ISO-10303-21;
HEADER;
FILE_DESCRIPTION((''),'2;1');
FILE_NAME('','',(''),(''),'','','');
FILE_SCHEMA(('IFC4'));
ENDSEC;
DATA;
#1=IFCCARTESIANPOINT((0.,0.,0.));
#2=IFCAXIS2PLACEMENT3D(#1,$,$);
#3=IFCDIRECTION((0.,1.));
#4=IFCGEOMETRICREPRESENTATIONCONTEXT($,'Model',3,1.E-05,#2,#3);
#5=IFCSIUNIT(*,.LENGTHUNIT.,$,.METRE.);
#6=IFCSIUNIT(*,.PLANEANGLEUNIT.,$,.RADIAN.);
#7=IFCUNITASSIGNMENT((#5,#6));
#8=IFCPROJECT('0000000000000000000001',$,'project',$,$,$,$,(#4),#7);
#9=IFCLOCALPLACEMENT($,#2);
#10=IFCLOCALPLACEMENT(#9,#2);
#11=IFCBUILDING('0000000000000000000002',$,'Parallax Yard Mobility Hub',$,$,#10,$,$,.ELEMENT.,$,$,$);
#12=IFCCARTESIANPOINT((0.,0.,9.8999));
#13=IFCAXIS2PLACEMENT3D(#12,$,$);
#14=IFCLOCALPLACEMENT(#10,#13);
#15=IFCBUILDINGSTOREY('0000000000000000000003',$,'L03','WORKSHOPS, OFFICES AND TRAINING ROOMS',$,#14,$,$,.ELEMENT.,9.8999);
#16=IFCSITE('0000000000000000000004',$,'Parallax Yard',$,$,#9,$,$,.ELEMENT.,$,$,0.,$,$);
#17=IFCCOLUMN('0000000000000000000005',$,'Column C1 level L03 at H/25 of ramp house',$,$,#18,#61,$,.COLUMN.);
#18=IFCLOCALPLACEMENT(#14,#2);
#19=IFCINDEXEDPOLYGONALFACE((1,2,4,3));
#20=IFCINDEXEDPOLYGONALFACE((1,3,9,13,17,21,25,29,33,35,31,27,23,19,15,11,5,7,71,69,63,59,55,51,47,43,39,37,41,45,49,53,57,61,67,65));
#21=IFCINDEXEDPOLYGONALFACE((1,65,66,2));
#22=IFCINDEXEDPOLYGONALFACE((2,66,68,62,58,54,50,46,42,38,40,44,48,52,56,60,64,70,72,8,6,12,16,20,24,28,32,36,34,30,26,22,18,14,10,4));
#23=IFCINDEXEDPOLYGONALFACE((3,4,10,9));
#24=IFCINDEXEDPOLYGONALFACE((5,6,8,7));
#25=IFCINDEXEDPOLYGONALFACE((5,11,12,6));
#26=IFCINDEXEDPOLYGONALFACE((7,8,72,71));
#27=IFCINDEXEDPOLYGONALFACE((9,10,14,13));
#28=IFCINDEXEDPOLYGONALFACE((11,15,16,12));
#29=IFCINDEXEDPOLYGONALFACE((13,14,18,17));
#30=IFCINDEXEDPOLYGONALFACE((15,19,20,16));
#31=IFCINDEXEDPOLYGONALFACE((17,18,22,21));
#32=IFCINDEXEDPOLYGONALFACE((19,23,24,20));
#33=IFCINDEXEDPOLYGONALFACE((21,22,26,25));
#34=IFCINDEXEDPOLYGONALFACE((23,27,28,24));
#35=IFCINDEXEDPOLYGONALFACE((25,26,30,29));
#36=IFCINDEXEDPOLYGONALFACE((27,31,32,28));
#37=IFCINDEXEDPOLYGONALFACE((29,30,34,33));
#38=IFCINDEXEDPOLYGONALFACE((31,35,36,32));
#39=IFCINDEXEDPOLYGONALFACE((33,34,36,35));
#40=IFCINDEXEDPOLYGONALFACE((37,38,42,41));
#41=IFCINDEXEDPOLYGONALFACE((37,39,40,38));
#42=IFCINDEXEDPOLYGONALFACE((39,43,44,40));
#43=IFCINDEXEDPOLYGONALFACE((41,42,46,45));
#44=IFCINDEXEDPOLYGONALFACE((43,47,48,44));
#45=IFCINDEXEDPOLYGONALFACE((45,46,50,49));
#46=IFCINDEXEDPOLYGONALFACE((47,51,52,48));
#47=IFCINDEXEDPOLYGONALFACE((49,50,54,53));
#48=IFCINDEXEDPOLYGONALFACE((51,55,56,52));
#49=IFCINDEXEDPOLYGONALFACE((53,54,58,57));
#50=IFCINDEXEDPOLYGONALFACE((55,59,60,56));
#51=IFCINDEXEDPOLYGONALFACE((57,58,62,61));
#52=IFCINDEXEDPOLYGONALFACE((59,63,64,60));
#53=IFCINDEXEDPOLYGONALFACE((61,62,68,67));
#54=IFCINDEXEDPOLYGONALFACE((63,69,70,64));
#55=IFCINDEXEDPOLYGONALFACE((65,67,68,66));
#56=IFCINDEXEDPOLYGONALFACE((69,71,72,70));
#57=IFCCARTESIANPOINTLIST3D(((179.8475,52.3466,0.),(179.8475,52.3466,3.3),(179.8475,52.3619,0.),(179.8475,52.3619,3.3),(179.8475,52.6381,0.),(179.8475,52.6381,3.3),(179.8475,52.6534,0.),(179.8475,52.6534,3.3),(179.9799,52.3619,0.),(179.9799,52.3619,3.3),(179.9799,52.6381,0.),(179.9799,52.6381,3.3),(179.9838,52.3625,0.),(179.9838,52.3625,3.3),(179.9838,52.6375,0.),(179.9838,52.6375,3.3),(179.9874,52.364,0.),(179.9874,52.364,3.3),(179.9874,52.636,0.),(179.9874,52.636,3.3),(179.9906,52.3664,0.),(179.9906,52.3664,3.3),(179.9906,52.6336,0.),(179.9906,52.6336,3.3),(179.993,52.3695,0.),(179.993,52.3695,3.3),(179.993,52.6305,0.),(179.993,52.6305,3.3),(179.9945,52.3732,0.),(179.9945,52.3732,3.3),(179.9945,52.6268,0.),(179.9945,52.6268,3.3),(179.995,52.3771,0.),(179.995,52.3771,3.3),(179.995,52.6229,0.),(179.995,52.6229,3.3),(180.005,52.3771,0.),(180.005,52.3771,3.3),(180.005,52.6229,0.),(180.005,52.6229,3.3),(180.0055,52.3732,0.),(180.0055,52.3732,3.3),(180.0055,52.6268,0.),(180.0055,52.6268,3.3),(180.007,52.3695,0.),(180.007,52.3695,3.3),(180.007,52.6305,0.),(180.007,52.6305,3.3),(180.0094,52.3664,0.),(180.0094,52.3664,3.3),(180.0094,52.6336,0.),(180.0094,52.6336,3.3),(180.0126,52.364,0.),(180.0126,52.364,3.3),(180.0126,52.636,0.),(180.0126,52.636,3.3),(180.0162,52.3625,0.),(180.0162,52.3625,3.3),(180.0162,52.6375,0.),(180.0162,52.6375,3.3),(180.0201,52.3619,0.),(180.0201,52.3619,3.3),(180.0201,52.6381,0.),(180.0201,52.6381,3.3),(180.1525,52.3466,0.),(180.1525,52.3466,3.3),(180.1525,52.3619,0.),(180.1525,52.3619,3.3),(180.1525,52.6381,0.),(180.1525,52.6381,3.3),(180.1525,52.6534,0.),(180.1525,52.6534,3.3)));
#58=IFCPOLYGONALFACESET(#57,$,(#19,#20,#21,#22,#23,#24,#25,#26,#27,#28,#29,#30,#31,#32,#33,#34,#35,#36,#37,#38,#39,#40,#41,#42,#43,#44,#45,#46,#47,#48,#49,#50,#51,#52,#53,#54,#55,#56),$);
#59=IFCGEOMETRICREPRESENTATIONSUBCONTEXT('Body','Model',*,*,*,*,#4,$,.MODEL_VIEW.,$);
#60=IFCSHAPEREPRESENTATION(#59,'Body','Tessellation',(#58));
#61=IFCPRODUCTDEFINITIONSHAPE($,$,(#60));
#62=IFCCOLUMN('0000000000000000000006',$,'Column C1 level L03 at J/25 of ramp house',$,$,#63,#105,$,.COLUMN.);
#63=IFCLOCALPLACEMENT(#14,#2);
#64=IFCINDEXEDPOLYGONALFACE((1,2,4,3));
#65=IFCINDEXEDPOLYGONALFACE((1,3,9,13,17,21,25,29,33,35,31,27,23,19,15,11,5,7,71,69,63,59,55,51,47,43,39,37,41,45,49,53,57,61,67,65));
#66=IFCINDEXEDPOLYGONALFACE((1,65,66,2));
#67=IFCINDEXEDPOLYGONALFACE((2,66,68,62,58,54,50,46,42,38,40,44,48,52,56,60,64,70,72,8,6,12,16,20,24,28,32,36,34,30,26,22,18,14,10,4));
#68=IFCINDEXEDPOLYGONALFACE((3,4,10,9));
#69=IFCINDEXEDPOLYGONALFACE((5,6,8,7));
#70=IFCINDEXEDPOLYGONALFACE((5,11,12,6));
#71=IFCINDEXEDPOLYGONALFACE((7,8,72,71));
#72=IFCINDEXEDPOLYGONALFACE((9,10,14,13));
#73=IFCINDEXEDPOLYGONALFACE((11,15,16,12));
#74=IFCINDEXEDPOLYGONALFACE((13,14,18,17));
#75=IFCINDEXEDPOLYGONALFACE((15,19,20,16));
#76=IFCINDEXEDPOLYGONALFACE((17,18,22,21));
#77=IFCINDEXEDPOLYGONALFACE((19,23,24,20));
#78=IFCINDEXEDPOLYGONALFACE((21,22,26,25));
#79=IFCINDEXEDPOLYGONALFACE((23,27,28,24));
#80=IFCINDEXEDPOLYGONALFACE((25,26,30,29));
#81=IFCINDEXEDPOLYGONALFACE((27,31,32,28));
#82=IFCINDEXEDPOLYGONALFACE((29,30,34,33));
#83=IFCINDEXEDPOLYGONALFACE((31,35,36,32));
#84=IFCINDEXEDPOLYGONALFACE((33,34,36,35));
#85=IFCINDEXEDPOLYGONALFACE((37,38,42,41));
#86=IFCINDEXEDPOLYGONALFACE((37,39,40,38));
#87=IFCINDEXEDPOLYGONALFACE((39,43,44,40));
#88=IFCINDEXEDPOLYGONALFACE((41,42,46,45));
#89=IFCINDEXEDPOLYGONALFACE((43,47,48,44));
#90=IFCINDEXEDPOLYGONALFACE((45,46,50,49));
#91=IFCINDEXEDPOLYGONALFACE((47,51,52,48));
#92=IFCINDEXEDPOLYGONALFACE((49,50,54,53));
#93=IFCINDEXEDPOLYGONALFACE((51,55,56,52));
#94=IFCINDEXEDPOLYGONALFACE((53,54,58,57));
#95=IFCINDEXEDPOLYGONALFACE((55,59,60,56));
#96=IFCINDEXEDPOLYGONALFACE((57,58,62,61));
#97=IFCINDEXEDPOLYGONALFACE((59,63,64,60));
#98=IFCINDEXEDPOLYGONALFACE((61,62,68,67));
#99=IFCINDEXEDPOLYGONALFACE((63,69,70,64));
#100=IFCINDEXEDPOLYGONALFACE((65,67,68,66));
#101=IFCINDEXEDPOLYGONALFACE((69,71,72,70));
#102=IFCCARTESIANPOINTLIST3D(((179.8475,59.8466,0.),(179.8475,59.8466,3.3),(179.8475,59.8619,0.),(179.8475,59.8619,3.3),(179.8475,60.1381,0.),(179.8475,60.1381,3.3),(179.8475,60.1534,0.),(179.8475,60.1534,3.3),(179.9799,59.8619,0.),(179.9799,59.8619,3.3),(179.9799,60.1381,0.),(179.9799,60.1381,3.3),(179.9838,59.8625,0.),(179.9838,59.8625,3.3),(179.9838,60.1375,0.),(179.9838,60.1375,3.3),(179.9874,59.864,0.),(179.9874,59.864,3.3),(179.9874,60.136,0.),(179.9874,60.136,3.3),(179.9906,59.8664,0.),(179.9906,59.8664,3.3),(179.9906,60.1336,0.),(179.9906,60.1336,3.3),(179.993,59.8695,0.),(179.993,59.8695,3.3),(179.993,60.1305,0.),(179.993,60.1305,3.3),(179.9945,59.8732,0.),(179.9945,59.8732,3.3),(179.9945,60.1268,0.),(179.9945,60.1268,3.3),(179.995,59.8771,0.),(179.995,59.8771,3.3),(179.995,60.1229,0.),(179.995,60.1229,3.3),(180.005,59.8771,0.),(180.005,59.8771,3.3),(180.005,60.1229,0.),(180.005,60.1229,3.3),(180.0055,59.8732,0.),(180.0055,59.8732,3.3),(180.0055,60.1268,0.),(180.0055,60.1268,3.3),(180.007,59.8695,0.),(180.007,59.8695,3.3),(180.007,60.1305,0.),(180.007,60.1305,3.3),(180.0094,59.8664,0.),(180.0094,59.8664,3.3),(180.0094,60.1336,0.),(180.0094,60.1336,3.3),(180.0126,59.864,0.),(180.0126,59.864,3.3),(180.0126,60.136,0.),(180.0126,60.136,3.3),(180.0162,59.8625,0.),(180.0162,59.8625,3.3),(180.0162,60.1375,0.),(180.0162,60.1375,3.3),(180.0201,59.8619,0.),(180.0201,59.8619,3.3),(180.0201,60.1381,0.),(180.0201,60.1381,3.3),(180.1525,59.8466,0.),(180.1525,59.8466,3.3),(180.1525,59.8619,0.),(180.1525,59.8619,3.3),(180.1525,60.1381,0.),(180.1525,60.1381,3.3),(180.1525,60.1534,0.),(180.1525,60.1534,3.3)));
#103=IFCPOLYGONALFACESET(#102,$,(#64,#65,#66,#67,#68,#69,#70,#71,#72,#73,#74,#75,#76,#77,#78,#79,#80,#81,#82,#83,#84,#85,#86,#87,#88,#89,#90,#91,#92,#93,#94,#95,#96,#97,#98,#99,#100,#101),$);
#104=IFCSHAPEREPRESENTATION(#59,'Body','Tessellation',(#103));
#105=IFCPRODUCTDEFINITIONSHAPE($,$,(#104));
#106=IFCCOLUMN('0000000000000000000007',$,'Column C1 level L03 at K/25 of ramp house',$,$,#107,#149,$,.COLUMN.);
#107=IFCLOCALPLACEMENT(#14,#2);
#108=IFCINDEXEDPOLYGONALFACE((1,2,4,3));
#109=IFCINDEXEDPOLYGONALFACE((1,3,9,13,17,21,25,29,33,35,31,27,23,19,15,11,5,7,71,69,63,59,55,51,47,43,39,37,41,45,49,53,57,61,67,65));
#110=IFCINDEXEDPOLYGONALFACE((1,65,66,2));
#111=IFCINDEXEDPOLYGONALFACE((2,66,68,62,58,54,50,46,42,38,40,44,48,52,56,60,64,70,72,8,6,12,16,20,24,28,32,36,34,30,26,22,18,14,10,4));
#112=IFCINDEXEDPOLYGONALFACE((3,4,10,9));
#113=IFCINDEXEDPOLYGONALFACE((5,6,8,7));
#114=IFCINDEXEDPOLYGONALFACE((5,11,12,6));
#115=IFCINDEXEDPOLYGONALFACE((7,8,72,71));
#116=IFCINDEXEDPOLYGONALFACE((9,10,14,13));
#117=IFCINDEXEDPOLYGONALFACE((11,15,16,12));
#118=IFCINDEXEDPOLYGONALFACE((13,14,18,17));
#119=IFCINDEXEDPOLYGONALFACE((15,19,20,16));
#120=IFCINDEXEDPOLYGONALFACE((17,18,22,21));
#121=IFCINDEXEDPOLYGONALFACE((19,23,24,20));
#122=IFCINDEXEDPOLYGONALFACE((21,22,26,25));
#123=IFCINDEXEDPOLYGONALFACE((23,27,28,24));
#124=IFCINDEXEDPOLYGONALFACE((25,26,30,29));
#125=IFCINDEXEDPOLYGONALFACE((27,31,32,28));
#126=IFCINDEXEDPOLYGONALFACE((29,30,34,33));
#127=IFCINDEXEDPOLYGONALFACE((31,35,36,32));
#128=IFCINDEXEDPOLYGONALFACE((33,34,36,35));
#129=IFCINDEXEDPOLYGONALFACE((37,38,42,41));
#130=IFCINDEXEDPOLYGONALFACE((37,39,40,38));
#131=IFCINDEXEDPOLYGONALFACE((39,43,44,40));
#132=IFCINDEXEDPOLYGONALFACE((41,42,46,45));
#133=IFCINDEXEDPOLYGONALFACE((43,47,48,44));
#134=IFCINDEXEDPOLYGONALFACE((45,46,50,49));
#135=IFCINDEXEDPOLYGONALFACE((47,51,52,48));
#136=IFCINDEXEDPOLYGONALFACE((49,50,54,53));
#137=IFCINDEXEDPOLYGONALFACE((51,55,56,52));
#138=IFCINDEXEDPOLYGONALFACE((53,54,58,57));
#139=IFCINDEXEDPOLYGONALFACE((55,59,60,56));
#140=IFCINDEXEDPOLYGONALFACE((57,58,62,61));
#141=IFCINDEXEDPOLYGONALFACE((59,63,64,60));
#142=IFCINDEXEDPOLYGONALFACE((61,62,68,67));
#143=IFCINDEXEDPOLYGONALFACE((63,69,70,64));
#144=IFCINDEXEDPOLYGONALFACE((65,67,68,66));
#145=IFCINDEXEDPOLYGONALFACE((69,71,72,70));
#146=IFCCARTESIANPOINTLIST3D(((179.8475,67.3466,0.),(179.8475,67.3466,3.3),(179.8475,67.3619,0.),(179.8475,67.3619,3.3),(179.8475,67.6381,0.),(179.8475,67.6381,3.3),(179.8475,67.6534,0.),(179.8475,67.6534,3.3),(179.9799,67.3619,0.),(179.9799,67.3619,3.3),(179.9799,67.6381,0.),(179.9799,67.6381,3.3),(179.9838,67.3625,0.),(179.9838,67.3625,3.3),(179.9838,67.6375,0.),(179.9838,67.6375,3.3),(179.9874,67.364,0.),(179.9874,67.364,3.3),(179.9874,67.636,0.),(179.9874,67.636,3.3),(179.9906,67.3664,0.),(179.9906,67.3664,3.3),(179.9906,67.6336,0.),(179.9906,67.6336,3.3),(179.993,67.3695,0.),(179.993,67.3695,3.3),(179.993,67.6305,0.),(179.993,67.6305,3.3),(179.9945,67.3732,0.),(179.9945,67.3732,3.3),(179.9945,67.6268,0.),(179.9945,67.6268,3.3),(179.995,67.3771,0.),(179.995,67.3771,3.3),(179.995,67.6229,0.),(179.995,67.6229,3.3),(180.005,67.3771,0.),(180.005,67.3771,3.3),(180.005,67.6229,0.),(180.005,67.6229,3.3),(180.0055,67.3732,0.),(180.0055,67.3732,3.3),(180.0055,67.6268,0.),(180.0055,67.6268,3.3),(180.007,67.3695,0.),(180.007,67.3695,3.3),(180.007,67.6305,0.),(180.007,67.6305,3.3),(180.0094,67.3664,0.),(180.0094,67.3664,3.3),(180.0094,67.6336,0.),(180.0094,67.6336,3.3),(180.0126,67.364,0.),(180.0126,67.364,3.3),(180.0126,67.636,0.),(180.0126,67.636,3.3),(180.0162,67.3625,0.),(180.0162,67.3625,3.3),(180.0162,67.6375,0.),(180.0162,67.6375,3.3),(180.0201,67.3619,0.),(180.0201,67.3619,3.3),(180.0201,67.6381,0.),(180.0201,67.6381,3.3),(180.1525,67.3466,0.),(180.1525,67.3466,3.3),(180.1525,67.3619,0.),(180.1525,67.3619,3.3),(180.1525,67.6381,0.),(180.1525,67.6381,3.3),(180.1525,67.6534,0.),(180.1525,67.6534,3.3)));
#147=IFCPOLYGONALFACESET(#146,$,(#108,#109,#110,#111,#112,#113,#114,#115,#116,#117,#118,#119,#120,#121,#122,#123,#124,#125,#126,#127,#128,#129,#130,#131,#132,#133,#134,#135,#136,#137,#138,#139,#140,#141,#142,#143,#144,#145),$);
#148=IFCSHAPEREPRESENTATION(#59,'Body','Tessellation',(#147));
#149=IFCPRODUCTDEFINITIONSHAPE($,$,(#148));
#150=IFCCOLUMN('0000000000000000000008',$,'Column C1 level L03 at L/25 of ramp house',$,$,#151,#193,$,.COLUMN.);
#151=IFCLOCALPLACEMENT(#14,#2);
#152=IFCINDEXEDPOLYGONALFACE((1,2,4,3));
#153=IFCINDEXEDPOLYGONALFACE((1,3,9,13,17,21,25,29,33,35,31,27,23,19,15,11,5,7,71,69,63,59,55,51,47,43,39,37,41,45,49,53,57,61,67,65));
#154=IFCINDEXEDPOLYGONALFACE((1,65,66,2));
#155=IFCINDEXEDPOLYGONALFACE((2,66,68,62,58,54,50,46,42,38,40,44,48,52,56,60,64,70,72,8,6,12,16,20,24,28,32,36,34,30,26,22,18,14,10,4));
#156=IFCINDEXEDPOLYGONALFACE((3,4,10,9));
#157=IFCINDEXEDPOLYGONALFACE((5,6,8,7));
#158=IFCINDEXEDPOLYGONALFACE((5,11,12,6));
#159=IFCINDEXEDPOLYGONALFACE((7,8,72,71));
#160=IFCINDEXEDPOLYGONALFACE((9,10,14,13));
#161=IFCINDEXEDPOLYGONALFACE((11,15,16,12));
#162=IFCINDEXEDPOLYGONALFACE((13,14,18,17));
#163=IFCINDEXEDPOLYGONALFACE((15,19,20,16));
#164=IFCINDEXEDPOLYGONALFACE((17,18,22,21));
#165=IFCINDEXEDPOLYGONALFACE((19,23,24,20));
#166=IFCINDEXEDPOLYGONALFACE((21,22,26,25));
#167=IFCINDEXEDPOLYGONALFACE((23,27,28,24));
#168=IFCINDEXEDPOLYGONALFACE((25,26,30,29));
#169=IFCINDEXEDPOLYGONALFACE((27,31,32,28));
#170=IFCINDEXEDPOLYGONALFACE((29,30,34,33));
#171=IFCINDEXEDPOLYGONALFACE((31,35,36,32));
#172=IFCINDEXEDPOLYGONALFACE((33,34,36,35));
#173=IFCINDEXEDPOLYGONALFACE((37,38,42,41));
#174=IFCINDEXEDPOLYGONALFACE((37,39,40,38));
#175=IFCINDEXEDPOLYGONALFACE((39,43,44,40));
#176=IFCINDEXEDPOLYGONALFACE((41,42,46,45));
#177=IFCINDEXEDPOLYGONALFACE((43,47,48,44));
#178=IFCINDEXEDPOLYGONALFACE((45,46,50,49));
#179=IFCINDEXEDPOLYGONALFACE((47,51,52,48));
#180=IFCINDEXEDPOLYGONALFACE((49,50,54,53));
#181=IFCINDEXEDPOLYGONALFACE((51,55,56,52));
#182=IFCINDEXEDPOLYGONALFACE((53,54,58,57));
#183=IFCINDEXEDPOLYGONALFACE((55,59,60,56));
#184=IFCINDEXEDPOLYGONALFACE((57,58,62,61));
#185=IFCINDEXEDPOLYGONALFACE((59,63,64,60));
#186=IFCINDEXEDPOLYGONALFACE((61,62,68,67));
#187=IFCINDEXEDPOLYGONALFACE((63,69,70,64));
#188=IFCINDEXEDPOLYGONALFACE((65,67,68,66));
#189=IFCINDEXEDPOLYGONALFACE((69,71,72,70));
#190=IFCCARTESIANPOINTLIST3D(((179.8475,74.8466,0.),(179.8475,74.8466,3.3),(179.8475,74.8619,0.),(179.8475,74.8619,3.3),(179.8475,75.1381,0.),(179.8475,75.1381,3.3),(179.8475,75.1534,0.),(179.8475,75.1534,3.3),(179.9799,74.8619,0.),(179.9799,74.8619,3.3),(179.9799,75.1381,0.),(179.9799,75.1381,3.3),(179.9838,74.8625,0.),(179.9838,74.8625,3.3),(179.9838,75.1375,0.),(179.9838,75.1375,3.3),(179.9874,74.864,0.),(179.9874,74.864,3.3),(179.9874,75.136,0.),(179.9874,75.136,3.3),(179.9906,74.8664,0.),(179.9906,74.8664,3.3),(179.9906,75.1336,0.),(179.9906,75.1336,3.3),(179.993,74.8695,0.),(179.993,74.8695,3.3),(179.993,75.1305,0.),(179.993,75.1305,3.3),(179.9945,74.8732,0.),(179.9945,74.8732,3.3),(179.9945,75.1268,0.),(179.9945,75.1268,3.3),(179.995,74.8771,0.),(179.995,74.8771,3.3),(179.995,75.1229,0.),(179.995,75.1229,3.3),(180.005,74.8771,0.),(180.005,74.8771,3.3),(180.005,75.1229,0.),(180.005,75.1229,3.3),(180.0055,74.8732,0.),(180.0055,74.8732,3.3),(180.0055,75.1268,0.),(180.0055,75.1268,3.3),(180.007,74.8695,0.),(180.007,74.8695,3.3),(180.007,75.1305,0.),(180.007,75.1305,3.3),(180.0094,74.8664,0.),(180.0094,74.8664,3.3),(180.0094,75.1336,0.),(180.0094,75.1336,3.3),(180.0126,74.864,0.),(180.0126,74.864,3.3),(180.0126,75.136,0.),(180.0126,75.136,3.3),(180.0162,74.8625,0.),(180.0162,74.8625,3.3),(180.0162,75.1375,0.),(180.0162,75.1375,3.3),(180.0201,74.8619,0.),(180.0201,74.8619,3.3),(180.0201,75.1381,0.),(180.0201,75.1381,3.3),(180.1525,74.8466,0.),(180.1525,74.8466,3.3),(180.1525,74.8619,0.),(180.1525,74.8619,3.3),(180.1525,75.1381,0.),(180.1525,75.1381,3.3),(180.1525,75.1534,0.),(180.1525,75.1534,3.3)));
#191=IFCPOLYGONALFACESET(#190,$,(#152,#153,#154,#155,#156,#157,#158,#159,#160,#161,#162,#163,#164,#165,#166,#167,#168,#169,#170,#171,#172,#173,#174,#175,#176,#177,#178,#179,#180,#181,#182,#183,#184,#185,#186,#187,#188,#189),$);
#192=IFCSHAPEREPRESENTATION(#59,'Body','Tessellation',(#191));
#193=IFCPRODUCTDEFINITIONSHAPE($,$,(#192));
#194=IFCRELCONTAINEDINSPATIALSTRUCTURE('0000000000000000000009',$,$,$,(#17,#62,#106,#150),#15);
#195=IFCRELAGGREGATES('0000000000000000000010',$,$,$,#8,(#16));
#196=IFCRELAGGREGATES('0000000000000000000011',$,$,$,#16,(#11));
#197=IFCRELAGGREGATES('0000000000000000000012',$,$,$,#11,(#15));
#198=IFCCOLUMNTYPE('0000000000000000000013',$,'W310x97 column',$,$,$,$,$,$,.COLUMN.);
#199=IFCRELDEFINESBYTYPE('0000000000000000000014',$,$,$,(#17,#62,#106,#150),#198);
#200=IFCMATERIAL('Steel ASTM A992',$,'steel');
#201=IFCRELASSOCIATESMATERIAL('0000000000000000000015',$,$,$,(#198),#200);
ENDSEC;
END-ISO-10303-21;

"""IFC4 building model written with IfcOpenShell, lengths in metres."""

from ifc_helpers import new_model, si_unit, direction, frame, origin, origin_2d, place, context, subcontext, project, spatial, i_section, extrude, material, material_profile, profile_set, type_object, element, save


model = new_model("IFC4")

# Units and contexts
model_context = context("Model", 3, precision=1e-05, world=origin(), true_north=direction((0.0, 1.0)))
body_context = subcontext(model_context, "Body", "Model", "MODEL_VIEW")
ifc_project = project(units=[si_unit("LENGTHUNIT", "METRE"), si_unit("PLANEANGLEUNIT", "RADIAN")], contexts=[model_context])

# Site, building, storey
site_placement = place(None, origin())
site = spatial("IfcSite", under=ifc_project, at=site_placement, Name="Parallax Yard", CompositionType="ELEMENT", RefElevation=0.0)
building_placement = place(site_placement, origin())
building = spatial("IfcBuilding", under=site, at=building_placement, Name="Parallax Yard Mobility Hub", CompositionType="ELEMENT")
storey_placement = place(building_placement, frame((0.0, 0.0, 9.8999)))
storey = spatial("IfcBuildingStorey", under=building, at=storey_placement, Name="L03", Description="WORKSHOPS, OFFICES AND TRAINING ROOMS", CompositionType="ELEMENT", Elevation=9.8999)

# Columns
ifc_material_1 = material(Name="Steel ASTM A992", Category="steel")
ifc_material_profile_1 = material_profile(ifc_material_1, i_section(OverallWidth=0.3049, OverallDepth=0.3069, WebThickness=0.01, FlangeThickness=0.0154, FilletRadius=0.0151, at=origin_2d()), Name="W310x97")
ifc_profile_set_1 = profile_set([ifc_material_profile_1], Name="Steel ASTM A992")
column_type = type_object("IfcColumnType", Name="W310x97 column", PredefinedType="COLUMN", material=ifc_profile_set_1)
for number, where, z_axis, x_axis, name in (
    (1, (180.0, 52.5, 0.0), (0.0, 0.0, 1.0), (1.0, 0.0, 0.0), "Column C1 level L03 at H/25 of ramp house"),
    (2, (180.0, 60.0, 0.0), (0.0, 0.0, 1.0), (1.0, 0.0, 0.0), "Column C1 level L03 at J/25 of ramp house"),
    (3, (180.0, 67.5, 0.0), (0.0, 0.0, 1.0), (1.0, 0.0, 0.0), "Column C1 level L03 at K/25 of ramp house"),
    (4, (180.0, 75.0, 0.0), (0.0, 0.0, 1.0), (1.0, 0.0, 0.0), "Column C1 level L03 at L/25 of ramp house"),
):
    element("IfcColumn", number, at=place(storey_placement, frame(where, z_axis=z_axis, x_axis=x_axis)), inside=storey, type_object=column_type, Name=name, PredefinedType="COLUMN", context=body_context, shape_type="SweptSolid", body=[
        extrude(i_section(OverallWidth=0.3049, OverallDepth=0.3069, WebThickness=0.01, FlangeThickness=0.0154, FilletRadius=0.0151, at=origin_2d()), origin(), (0.0, 0.0, 1.0), 3.3),
    ])

save(model, "model.ifc")
